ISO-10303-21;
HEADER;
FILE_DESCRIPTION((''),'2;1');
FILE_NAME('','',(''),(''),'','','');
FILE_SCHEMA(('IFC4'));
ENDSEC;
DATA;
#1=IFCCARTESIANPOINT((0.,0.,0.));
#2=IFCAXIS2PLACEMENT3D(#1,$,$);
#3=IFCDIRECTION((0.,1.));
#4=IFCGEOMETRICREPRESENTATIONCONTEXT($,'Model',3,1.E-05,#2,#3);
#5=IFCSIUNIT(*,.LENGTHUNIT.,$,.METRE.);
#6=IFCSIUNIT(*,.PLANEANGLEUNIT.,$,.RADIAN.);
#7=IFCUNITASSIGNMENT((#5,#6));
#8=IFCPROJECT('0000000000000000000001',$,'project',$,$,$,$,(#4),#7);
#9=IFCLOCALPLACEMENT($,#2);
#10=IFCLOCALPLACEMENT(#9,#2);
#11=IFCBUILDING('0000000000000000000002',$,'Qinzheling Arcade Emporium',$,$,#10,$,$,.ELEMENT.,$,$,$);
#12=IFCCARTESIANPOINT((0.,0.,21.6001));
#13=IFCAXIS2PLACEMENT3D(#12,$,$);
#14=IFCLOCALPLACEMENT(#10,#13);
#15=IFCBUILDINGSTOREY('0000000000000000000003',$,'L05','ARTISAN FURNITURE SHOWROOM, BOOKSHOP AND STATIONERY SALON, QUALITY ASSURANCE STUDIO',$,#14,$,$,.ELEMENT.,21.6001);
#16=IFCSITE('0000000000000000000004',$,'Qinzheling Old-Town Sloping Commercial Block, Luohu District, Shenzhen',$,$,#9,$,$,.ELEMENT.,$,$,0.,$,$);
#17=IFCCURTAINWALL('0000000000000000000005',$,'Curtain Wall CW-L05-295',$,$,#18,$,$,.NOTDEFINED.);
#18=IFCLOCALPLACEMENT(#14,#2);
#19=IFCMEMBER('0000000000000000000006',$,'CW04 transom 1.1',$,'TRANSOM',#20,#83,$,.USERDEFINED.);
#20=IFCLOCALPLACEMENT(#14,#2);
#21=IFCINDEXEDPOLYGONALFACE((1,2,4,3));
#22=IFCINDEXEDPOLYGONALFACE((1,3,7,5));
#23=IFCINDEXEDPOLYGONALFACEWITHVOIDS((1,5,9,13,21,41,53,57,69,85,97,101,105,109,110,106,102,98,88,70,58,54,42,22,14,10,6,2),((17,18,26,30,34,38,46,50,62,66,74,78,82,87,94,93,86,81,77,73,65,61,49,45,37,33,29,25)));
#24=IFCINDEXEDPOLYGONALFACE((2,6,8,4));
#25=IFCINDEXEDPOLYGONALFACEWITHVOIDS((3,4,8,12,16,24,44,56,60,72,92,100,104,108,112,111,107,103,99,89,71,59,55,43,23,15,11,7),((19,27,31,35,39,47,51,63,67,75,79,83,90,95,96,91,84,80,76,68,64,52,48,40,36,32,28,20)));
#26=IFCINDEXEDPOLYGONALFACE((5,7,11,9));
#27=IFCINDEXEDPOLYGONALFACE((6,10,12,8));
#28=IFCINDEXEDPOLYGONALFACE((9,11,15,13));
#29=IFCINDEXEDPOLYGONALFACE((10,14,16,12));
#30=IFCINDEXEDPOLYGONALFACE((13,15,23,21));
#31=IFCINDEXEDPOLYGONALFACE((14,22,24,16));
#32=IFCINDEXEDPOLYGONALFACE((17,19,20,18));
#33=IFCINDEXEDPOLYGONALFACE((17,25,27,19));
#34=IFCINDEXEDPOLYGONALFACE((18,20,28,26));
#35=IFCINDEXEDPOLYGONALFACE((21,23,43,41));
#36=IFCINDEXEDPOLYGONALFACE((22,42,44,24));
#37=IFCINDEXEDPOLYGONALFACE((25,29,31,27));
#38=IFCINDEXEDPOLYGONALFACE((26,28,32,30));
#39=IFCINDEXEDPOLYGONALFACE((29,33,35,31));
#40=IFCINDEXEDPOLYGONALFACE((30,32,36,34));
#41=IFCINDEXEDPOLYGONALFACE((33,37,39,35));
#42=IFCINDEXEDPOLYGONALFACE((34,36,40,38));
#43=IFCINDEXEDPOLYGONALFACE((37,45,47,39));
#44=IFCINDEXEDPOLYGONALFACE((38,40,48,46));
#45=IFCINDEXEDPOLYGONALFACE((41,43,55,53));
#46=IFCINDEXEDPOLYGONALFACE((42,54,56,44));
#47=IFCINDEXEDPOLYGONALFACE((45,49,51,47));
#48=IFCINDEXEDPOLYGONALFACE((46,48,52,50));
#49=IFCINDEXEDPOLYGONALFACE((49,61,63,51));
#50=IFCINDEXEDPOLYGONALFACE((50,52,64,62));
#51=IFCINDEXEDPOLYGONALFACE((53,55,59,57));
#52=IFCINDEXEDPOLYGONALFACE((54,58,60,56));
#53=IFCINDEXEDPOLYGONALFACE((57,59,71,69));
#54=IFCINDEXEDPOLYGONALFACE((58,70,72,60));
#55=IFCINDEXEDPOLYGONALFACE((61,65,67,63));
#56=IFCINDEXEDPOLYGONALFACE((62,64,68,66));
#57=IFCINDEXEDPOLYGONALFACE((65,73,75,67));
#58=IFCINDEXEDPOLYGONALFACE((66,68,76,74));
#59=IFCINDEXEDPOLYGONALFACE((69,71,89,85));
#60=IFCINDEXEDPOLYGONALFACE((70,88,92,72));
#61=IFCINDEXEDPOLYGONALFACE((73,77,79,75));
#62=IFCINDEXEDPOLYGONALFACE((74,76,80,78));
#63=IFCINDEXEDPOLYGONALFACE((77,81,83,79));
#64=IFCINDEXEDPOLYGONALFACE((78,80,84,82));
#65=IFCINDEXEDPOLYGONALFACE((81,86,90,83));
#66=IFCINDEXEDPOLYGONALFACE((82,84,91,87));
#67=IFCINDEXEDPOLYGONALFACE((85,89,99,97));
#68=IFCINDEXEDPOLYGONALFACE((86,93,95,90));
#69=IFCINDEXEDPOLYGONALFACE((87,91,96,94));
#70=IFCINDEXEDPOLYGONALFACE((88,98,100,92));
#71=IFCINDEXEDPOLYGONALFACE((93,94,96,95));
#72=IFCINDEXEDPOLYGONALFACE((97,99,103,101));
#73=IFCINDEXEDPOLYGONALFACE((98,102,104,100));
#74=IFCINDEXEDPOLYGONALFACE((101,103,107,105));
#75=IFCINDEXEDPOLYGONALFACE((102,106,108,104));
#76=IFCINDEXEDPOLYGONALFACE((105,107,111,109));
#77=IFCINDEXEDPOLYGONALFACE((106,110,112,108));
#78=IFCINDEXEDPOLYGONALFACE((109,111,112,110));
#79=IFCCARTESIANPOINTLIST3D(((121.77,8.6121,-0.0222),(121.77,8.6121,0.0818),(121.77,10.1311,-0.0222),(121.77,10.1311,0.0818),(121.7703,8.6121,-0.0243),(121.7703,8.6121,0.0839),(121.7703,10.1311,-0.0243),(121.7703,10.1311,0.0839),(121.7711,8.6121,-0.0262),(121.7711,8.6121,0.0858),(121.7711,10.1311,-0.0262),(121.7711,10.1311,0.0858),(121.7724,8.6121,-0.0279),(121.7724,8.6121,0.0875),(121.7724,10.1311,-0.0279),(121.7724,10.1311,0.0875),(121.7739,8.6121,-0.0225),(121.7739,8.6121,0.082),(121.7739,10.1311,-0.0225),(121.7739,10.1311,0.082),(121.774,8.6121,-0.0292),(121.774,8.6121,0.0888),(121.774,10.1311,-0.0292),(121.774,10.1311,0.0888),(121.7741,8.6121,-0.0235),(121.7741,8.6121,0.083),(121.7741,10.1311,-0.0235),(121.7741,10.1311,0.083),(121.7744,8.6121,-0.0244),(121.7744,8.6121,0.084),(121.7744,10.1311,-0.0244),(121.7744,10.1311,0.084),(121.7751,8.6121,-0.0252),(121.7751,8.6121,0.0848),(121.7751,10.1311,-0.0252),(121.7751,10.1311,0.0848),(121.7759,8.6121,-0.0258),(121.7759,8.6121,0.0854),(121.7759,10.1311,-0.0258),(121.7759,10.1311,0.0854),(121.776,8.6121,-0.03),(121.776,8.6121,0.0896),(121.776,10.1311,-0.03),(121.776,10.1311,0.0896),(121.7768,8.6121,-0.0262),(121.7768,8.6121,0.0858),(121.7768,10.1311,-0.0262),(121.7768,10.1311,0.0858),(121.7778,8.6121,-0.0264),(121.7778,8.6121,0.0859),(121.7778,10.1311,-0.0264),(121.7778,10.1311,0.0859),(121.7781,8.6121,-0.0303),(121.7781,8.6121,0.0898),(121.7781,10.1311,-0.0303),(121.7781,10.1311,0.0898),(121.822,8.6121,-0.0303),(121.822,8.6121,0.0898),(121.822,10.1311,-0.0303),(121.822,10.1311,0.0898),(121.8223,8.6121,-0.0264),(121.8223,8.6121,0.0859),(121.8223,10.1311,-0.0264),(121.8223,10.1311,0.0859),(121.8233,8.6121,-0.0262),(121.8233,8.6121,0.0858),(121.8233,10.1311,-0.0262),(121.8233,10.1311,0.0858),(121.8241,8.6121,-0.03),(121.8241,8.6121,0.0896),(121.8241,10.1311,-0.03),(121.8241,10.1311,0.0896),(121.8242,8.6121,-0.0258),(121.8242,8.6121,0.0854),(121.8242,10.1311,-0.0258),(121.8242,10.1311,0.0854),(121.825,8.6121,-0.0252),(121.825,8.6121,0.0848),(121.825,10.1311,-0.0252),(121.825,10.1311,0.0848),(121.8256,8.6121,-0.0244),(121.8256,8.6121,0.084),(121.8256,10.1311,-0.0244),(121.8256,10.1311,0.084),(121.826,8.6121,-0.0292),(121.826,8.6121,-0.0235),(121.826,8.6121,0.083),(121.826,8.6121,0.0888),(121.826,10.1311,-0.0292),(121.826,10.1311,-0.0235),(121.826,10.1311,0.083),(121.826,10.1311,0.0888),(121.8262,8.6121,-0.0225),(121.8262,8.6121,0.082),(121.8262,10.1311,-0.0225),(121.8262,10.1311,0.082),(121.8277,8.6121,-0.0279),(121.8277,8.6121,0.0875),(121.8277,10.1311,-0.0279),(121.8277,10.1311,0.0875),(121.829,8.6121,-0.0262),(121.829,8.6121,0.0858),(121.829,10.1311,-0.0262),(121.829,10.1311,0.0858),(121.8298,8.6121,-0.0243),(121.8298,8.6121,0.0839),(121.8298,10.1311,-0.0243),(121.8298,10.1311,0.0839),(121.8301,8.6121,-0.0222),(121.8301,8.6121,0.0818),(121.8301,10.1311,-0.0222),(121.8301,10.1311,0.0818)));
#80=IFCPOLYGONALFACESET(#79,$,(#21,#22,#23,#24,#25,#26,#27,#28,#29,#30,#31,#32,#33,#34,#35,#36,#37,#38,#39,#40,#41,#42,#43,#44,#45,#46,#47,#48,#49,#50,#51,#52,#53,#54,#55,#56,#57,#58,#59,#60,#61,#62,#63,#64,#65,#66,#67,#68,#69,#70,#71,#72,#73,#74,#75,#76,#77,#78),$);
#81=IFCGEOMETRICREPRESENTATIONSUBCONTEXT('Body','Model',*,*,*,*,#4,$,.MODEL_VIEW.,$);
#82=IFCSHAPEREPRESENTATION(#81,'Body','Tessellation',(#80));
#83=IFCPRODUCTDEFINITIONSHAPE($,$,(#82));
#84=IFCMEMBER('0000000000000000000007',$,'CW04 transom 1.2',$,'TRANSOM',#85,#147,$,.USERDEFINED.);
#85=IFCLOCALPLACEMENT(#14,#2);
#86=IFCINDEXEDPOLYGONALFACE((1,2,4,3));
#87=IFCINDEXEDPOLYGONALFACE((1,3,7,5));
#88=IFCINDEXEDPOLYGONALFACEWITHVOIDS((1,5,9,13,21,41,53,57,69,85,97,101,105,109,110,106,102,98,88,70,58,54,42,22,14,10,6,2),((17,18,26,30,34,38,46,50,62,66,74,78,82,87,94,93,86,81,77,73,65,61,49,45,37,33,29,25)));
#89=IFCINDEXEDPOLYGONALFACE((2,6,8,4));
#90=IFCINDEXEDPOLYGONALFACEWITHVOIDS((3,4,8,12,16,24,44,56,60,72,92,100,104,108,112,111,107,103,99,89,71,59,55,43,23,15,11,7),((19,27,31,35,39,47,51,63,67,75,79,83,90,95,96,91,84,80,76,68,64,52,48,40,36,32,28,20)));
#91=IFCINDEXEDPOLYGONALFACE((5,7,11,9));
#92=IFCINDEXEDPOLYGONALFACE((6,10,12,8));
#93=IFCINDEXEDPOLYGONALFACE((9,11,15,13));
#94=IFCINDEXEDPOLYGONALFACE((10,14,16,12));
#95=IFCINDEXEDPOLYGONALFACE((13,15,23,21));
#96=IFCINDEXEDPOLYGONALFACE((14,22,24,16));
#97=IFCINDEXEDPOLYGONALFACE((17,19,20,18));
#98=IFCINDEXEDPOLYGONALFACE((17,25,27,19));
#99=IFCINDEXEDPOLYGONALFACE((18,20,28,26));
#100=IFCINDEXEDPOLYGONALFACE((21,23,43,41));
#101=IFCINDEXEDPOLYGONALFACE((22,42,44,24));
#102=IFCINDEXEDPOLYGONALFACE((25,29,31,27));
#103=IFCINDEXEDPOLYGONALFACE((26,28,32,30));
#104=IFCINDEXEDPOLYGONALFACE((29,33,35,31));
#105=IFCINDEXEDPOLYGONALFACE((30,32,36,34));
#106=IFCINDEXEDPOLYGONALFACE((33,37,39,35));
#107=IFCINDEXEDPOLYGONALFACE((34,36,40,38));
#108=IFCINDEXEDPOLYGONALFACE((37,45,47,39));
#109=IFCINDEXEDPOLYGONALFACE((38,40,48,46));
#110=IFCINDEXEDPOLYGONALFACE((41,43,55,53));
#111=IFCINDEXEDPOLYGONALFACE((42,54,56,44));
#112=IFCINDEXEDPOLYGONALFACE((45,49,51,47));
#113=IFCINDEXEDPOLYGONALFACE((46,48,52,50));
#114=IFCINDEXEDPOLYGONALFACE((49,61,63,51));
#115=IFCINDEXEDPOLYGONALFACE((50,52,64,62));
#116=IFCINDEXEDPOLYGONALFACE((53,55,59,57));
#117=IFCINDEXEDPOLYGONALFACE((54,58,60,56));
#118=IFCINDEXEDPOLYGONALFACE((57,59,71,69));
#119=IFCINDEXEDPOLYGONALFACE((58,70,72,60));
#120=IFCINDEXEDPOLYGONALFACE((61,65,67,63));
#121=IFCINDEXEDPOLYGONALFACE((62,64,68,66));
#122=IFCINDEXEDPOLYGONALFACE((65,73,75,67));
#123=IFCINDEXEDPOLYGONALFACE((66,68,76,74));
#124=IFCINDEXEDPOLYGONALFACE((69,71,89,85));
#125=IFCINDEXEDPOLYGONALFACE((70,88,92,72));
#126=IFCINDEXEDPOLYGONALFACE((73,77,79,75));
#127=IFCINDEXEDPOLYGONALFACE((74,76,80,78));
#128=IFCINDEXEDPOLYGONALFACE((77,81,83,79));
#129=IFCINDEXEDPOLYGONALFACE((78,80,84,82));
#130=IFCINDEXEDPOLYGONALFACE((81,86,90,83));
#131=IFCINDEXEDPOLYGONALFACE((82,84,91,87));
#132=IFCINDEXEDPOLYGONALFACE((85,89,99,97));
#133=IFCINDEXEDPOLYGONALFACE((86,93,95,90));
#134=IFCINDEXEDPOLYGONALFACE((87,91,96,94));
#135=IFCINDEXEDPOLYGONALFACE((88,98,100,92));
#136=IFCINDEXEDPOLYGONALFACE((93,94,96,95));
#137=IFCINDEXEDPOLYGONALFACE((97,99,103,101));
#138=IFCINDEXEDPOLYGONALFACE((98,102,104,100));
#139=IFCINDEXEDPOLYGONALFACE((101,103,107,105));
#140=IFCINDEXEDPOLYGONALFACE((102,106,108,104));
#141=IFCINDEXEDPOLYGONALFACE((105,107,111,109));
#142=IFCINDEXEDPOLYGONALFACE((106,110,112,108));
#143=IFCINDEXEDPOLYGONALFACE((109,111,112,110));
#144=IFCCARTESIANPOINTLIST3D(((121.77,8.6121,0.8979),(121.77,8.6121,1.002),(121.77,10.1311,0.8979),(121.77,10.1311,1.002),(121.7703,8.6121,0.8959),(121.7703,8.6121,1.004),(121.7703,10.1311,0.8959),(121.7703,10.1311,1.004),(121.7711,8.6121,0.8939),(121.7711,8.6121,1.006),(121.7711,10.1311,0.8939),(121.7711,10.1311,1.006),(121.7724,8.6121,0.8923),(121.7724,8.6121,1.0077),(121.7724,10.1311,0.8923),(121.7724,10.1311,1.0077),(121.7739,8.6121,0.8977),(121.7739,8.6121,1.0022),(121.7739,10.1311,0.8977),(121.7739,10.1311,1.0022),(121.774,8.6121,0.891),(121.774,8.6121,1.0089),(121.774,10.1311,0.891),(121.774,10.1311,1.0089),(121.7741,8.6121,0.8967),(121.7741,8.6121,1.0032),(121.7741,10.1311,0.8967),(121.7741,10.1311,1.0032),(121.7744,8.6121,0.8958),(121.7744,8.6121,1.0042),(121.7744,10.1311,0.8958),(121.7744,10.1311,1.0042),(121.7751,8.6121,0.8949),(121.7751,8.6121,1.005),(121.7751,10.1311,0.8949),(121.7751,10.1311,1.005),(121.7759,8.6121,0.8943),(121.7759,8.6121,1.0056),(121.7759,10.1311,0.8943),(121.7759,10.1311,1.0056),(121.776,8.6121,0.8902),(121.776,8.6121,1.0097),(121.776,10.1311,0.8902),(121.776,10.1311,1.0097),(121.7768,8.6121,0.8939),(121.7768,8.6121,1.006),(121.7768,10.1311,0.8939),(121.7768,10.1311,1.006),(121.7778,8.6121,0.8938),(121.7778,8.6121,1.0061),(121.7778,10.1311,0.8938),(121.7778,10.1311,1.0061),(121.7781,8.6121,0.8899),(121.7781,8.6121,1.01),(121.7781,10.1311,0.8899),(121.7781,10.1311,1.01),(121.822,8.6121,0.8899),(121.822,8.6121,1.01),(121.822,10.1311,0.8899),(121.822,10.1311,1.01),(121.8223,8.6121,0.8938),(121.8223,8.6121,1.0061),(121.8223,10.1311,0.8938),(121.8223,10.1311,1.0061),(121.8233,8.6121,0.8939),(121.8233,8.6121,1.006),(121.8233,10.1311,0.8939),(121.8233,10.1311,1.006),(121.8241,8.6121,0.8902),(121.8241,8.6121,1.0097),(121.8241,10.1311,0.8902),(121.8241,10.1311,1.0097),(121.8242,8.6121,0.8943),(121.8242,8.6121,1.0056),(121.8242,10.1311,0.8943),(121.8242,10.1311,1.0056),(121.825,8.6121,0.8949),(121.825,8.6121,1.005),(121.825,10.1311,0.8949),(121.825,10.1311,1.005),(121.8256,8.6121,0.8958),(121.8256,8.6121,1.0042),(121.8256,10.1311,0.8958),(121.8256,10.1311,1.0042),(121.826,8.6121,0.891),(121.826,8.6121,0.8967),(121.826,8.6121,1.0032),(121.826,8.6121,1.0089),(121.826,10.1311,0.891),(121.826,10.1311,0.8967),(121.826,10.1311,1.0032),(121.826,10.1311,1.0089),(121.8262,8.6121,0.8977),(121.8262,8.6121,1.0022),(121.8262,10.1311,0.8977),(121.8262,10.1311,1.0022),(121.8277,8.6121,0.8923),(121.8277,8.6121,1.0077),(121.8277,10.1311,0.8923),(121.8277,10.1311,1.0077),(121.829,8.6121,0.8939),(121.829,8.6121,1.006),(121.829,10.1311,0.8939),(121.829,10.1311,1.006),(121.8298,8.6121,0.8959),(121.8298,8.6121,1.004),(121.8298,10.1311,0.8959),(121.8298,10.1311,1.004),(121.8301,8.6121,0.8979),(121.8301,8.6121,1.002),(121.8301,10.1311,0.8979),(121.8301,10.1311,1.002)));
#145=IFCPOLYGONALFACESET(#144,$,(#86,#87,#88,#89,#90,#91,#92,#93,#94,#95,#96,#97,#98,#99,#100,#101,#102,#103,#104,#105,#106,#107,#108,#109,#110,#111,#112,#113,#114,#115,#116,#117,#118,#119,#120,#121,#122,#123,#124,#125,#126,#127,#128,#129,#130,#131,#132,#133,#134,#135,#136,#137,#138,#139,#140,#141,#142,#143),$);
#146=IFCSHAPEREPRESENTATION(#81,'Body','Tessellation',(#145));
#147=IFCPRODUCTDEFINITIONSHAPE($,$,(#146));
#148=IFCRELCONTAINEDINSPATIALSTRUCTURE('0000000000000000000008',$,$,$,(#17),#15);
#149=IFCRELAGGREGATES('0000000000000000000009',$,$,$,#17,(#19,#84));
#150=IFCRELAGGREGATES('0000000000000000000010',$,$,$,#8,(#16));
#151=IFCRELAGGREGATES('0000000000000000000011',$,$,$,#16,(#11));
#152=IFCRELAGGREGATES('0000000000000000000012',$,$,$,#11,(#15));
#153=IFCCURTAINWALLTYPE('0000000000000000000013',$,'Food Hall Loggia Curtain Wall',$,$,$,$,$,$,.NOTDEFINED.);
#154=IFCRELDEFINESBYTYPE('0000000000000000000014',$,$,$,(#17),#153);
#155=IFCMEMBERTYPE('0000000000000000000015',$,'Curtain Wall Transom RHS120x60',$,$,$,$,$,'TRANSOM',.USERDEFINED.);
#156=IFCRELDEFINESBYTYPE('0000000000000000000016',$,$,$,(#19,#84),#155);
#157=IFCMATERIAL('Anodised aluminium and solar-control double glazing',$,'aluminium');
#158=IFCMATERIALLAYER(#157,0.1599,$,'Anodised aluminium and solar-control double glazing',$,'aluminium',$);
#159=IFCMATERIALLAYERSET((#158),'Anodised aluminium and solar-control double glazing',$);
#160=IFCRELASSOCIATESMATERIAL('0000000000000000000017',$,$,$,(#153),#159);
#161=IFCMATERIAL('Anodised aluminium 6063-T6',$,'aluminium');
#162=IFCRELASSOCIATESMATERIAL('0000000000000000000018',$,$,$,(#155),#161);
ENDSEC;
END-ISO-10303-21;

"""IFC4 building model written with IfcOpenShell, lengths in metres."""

from ifc_helpers import new_model, si_unit, direction, frame, origin, origin_2d, place, context, subcontext, project, spatial, hollow_rectangle, extrude, material, layer, layer_set, material_profile, profile_set, type_object, element, aggregate, save


model = new_model("IFC4")

# Units and contexts
model_context = context("Model", 3, precision=1e-05, world=origin(), true_north=direction((0.0, 1.0)))
body_context = subcontext(model_context, "Body", "Model", "MODEL_VIEW")
ifc_project = project(units=[si_unit("LENGTHUNIT", "METRE"), si_unit("PLANEANGLEUNIT", "RADIAN")], contexts=[model_context])

# Site, building, storey
site_placement = place(None, origin())
site = spatial("IfcSite", under=ifc_project, at=site_placement, Name="Qinzheling Old-Town Sloping Commercial Block, Luohu District, Shenzhen", CompositionType="ELEMENT", RefElevation=0.0)
building_placement = place(site_placement, origin())
building = spatial("IfcBuilding", under=site, at=building_placement, Name="Qinzheling Arcade Emporium", CompositionType="ELEMENT")
storey_placement = place(building_placement, frame((0.0, 0.0, 21.6001)))
storey = spatial("IfcBuildingStorey", under=building, at=storey_placement, Name="L05", Description="ARTISAN FURNITURE SHOWROOM, BOOKSHOP AND STATIONERY SALON, QUALITY ASSURANCE STUDIO", CompositionType="ELEMENT", Elevation=21.6001)

# Curtain wall, members
ifc_material_1 = material(Name="Anodised aluminium and solar-control double glazing", Category="aluminium")
ifc_layer_1 = layer(ifc_material_1, 0.1599, Name="Anodised aluminium and solar-control double glazing", Category="aluminium")
ifc_layer_set_1 = layer_set([ifc_layer_1], Name="Anodised aluminium and solar-control double glazing")
curtain_wall_type = type_object("IfcCurtainWallType", Name="Food Hall Loggia Curtain Wall", PredefinedType="NOTDEFINED", material=ifc_layer_set_1)
curtain_wall_placement = place(storey_placement, origin())
curtain_wall = element("IfcCurtainWall", 1, at=curtain_wall_placement, inside=storey, type_object=curtain_wall_type, Name="Curtain Wall CW-L05-295", PredefinedType="NOTDEFINED")
ifc_material_2 = material(Name="Anodised aluminium 6063-T6", Category="aluminium")
ifc_material_profile_1 = material_profile(ifc_material_2, hollow_rectangle(XDim=0.0601, YDim=0.1201, WallThickness=0.0039, InnerFilletRadius=0.0039, OuterFilletRadius=0.0081, at=origin_2d()), Name="RHS 120x60x4", Category="aluminium")
ifc_profile_set_1 = profile_set([ifc_material_profile_1], Name="Anodised aluminium 6063-T6")
member_type_1 = type_object("IfcMemberType", Name="Curtain Wall Transom RHS120x60", ElementType="TRANSOM", PredefinedType="USERDEFINED", material=ifc_profile_set_1)
member_1_placement = place(storey_placement, frame((121.8, 8.6121, 0.0298), z_axis=(0.0, 1.0, 0.0), x_axis=(-1.0, 0.0, 0.0)))
member_1 = element("IfcMember", 2, at=member_1_placement, type_object=member_type_1, Name="CW04 transom 1.1", ObjectType="TRANSOM", PredefinedType="USERDEFINED", context=body_context, shape_type="SweptSolid", body=[
    extrude(hollow_rectangle(XDim=0.0601, YDim=0.1201, WallThickness=0.0039, InnerFilletRadius=0.0039, OuterFilletRadius=0.0081, at=origin_2d()), origin(), (0.0, 0.0, 1.0), 1.519),
])
member_2_placement = place(storey_placement, frame((121.8, 8.6121, 0.95), z_axis=(0.0, 1.0, 0.0), x_axis=(-1.0, 0.0, 0.0)))
member_2 = element("IfcMember", 3, at=member_2_placement, type_object=member_type_1, Name="CW04 transom 1.2", ObjectType="TRANSOM", PredefinedType="USERDEFINED", context=body_context, shape_type="SweptSolid", body=[
    extrude(hollow_rectangle(XDim=0.0601, YDim=0.1201, WallThickness=0.0039, InnerFilletRadius=0.0039, OuterFilletRadius=0.0081, at=origin_2d()), origin(), (0.0, 0.0, 1.0), 1.519),
])

aggregate(curtain_wall, [member_1, member_2])

save(model, "model.ifc")
